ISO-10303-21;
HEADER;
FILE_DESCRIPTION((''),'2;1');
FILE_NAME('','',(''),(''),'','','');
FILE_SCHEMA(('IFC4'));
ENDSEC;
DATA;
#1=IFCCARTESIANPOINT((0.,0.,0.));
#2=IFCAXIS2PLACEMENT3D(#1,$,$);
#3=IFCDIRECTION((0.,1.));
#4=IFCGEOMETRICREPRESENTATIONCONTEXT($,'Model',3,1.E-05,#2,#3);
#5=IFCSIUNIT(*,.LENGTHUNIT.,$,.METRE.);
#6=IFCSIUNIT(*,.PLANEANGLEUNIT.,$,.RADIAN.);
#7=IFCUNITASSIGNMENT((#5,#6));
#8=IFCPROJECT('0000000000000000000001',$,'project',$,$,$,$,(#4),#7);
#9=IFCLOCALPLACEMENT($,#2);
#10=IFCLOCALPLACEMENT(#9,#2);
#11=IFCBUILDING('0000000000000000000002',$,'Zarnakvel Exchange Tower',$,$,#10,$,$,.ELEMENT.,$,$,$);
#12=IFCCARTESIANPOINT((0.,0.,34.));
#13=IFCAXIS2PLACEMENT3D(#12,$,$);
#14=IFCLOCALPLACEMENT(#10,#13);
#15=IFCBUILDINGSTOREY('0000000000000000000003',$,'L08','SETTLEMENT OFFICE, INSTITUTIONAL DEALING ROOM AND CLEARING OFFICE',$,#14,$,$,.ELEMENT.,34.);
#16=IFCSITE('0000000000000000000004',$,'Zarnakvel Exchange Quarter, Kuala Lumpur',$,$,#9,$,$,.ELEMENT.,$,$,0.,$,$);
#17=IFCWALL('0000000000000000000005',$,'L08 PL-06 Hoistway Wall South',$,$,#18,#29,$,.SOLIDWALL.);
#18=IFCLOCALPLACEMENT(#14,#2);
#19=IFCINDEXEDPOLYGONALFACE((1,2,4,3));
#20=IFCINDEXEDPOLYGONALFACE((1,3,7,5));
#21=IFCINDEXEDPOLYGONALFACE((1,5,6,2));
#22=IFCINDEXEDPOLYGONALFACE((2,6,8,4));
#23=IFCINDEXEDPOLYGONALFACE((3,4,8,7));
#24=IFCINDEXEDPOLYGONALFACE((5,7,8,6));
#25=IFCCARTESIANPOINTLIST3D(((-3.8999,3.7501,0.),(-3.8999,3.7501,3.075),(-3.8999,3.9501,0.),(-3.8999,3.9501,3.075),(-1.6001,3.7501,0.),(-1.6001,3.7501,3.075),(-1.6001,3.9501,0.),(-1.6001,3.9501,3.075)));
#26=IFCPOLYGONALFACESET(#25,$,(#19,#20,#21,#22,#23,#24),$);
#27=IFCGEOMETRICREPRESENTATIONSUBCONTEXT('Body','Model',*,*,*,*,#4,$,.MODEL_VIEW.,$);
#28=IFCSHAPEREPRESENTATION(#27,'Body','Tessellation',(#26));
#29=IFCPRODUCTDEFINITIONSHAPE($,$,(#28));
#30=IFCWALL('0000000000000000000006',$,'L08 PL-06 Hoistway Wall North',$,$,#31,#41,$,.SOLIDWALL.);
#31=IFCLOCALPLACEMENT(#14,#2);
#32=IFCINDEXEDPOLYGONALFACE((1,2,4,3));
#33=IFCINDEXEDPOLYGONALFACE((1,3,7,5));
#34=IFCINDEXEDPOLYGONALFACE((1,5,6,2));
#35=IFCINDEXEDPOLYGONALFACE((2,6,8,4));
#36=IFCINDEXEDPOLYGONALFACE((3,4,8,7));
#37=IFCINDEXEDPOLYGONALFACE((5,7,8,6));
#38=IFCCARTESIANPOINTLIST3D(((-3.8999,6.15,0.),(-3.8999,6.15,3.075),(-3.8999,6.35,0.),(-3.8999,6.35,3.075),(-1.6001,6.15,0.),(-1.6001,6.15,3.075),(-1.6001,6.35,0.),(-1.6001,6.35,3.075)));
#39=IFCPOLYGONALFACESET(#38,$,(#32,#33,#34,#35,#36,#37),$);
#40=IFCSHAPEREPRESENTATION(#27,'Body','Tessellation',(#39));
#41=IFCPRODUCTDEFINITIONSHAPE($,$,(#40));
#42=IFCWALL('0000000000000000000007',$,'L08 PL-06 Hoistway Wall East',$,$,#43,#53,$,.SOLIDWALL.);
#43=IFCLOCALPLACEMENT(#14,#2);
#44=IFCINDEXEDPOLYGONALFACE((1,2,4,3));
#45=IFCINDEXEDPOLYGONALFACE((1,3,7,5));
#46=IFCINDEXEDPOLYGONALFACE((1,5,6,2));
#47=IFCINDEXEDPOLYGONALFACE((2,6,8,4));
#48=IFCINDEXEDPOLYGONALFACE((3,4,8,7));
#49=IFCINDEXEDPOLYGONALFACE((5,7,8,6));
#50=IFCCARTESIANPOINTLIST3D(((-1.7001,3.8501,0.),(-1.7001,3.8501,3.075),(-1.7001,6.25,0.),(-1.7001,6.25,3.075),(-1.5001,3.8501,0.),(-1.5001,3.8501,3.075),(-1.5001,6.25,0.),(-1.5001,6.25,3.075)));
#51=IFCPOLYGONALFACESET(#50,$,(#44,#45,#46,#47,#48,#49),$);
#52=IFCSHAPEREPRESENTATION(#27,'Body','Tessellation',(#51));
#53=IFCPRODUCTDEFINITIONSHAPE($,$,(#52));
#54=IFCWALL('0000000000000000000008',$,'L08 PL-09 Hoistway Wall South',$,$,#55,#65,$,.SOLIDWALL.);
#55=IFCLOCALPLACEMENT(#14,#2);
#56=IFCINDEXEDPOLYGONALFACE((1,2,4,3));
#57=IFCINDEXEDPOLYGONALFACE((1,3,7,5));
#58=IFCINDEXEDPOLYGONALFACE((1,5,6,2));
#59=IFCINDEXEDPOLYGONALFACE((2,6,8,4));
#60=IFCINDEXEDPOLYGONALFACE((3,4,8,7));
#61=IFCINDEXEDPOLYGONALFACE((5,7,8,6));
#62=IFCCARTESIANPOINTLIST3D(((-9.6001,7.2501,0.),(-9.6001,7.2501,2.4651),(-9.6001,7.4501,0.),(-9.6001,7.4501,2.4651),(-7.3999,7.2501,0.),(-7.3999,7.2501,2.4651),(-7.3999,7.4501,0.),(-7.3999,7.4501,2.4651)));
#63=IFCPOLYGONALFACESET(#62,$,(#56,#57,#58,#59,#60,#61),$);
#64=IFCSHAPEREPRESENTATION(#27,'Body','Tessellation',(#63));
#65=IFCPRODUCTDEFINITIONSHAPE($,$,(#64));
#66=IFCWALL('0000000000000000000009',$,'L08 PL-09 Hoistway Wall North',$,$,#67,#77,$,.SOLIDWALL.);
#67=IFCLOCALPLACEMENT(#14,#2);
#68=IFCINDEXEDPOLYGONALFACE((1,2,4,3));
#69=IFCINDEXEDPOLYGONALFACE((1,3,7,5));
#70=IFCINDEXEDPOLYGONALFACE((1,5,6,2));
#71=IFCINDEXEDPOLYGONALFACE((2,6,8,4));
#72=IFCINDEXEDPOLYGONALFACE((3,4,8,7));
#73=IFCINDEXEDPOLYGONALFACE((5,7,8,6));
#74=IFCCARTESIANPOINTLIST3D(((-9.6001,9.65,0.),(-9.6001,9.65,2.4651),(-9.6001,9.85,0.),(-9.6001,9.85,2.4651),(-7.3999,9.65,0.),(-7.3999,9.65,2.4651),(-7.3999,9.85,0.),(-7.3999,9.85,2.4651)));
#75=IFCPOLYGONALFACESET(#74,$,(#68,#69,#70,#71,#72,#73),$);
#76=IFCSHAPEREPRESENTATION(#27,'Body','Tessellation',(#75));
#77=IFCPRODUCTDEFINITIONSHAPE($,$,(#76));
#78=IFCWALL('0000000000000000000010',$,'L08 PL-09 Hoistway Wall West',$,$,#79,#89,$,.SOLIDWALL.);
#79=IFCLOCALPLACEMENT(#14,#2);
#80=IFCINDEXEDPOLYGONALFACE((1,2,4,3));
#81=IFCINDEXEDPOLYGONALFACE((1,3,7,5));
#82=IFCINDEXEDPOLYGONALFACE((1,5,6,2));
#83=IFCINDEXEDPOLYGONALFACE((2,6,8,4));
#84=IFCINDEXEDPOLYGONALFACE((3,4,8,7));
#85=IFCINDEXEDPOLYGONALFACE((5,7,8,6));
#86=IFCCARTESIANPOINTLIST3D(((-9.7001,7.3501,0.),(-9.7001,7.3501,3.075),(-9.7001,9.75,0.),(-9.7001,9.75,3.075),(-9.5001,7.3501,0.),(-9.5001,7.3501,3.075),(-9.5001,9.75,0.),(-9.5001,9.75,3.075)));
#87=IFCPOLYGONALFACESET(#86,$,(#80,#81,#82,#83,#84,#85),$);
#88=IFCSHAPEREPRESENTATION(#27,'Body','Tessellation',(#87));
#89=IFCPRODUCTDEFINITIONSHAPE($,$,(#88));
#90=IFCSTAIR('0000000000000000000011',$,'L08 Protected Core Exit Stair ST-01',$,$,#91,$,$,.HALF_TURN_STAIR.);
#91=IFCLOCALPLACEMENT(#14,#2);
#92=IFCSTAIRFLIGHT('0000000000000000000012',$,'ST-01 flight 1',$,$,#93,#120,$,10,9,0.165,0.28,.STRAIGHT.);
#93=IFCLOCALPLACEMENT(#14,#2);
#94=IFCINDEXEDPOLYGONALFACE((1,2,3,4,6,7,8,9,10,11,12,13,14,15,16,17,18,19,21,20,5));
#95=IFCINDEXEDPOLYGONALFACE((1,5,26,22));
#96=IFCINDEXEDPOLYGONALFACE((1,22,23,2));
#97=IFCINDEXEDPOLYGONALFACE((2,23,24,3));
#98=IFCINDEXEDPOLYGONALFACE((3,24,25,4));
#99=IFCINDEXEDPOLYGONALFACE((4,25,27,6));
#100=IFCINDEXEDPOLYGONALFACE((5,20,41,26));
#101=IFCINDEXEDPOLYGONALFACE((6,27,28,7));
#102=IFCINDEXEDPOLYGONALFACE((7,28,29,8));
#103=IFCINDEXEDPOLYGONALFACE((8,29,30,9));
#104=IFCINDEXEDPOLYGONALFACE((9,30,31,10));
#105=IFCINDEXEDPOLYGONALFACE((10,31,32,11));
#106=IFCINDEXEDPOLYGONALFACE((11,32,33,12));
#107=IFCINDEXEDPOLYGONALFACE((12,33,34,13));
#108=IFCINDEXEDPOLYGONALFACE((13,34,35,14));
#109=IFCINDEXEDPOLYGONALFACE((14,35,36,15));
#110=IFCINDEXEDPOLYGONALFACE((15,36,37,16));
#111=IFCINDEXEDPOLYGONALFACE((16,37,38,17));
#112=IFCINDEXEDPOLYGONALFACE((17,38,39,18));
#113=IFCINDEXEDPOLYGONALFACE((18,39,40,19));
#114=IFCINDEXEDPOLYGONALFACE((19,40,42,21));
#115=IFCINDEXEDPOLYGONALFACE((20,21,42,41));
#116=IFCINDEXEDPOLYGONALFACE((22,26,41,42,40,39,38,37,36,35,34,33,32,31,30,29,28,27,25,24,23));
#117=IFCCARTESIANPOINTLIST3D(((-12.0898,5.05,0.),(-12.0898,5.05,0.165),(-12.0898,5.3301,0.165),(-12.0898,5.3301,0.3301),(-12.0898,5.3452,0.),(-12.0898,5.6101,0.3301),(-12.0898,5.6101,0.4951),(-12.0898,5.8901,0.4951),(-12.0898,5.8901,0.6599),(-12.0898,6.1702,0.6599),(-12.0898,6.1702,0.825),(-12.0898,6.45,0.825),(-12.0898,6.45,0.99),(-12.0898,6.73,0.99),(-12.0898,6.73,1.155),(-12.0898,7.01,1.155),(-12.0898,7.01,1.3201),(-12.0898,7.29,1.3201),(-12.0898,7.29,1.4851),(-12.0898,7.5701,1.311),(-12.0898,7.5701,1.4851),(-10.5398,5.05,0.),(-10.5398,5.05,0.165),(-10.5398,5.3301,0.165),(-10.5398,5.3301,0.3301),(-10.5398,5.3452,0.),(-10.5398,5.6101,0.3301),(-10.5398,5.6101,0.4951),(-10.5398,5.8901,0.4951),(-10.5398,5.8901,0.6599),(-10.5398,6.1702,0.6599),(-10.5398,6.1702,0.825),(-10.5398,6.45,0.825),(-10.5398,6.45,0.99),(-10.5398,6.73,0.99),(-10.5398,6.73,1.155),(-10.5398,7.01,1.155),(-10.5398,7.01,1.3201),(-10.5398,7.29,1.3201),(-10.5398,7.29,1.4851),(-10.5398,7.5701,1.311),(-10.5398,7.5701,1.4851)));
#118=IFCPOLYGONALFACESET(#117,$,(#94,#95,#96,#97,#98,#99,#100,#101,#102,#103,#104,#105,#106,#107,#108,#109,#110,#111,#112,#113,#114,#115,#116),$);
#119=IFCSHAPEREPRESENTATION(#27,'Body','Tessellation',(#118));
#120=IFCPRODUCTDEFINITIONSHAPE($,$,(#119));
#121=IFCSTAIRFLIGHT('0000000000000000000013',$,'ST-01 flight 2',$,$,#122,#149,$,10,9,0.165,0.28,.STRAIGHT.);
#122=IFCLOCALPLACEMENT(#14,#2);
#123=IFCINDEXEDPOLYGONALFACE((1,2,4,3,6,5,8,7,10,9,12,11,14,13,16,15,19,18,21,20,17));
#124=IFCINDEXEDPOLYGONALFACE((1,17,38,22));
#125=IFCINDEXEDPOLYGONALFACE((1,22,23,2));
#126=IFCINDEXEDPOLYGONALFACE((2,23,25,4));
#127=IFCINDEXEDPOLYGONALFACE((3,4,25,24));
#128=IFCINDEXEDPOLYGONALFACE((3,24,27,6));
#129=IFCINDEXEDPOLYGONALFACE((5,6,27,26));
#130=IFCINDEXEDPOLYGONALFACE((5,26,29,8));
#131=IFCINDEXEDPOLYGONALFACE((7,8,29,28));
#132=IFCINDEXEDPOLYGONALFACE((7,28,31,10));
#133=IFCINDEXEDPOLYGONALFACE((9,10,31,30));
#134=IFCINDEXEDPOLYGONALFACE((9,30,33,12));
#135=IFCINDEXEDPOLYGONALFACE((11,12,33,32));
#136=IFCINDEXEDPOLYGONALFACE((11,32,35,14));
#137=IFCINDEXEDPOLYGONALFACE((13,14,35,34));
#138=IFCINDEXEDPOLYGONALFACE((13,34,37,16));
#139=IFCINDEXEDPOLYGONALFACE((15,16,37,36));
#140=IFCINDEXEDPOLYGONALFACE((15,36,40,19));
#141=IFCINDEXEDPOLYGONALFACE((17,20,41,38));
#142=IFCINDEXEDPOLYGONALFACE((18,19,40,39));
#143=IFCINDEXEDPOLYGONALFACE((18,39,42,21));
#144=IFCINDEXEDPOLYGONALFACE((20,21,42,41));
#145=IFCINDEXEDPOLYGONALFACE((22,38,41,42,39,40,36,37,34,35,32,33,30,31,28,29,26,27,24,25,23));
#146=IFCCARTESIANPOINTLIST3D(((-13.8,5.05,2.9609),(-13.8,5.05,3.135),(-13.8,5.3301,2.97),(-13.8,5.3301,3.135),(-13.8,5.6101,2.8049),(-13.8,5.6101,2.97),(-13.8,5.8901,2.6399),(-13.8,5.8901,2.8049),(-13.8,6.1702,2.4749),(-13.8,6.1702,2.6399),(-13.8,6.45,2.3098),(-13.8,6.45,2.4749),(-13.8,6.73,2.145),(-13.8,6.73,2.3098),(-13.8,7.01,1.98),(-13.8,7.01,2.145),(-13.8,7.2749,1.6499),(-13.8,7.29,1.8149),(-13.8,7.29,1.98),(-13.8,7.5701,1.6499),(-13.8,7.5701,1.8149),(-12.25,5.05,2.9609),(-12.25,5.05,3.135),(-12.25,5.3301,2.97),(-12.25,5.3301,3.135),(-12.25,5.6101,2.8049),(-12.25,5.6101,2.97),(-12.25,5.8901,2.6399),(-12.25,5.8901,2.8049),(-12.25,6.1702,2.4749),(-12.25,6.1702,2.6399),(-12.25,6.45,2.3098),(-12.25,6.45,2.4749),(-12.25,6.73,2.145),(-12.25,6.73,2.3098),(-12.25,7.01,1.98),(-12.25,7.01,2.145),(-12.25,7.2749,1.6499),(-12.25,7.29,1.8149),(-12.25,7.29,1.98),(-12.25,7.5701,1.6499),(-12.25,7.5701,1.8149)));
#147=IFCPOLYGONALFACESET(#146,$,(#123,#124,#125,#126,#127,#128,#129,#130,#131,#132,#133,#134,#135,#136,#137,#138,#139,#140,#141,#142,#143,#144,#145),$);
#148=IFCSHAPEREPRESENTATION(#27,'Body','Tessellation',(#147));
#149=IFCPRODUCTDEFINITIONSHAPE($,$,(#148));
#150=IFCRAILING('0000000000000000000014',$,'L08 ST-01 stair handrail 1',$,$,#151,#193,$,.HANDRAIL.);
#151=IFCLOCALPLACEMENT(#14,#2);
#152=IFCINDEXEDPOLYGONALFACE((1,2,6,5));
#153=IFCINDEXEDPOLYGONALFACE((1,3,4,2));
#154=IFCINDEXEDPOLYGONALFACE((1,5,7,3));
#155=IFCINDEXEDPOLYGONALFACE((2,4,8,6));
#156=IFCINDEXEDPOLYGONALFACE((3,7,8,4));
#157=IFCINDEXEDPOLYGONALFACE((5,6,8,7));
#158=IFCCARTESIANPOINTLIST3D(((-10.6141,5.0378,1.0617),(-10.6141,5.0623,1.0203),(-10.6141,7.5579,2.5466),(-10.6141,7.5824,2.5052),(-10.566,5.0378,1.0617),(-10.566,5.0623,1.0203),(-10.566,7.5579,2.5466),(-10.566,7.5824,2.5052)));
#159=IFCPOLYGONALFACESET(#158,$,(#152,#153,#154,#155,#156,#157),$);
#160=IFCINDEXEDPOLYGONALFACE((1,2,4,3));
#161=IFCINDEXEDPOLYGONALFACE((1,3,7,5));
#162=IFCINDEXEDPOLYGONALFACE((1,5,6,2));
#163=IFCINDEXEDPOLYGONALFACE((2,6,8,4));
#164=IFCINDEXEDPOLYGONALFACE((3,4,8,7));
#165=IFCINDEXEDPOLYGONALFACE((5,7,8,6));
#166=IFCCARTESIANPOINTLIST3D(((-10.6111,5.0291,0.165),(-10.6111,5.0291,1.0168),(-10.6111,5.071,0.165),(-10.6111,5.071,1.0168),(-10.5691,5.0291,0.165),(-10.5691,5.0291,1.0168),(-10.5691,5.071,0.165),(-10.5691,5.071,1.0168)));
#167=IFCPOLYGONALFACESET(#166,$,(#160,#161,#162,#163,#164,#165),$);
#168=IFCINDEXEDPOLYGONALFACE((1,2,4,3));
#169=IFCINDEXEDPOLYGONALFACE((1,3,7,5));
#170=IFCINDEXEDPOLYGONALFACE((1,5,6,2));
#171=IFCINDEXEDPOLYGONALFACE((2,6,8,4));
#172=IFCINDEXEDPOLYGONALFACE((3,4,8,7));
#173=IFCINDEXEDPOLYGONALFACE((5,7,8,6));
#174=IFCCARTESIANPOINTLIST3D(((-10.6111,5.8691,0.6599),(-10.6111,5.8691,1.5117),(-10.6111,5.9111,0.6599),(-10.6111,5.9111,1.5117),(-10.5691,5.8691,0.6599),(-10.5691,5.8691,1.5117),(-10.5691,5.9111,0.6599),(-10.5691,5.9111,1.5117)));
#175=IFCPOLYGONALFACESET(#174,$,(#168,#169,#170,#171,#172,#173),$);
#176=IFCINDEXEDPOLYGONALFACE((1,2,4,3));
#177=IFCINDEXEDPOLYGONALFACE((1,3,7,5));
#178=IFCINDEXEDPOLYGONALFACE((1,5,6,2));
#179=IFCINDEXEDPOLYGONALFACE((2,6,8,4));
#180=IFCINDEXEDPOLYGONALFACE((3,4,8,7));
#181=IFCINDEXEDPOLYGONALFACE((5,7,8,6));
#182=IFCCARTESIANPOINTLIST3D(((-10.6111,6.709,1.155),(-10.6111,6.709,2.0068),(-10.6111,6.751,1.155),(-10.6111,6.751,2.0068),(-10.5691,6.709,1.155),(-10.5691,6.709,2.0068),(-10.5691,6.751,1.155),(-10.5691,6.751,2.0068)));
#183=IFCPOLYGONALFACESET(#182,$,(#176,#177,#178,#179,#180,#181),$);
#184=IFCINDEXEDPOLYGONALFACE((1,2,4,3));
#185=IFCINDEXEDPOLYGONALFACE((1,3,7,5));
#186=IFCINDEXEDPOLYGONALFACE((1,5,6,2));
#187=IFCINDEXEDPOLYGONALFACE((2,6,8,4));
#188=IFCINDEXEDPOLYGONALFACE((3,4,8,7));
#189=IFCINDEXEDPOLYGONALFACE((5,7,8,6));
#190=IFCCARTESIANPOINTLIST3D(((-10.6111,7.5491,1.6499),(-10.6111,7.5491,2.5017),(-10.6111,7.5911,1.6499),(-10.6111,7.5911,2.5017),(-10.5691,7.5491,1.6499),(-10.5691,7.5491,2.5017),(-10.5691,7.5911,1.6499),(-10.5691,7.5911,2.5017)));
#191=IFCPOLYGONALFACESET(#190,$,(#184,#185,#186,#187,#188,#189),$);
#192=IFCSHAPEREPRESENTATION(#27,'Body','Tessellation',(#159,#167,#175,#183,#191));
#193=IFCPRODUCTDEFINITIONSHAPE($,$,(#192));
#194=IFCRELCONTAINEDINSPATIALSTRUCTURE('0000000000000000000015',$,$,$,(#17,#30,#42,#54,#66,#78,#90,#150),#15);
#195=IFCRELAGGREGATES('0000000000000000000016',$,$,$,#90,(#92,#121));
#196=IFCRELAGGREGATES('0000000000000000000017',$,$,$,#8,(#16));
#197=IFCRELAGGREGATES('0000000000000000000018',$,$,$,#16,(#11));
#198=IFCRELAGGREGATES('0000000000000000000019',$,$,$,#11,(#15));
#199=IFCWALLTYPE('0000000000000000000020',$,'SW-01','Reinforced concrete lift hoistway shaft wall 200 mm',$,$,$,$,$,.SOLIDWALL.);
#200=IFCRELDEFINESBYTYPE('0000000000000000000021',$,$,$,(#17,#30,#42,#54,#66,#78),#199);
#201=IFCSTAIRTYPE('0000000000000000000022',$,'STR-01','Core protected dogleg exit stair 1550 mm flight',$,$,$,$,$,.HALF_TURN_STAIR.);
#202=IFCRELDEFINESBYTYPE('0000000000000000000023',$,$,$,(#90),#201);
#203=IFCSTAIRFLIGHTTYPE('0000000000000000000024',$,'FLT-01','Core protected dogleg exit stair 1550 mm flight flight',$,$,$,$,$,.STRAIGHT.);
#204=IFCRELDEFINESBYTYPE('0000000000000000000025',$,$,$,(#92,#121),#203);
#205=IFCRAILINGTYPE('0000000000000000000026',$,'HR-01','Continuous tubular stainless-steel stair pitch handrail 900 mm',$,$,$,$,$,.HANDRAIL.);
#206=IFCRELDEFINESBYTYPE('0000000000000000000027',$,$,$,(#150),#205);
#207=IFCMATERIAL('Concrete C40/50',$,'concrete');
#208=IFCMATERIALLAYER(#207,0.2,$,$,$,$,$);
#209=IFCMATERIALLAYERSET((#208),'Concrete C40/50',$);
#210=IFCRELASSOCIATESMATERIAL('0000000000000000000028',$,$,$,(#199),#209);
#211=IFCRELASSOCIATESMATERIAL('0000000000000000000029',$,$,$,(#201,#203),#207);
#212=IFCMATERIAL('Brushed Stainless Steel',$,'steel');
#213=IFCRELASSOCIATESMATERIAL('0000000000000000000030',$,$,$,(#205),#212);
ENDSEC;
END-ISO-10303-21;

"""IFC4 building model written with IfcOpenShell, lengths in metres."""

from ifc_helpers import new_model, si_unit, direction, frame, frame_2d, origin, origin_2d, place, context, subcontext, project, spatial, polyline, rectangle, outline, extrude, material, layer, layer_set, type_object, element, aggregate, save


model = new_model("IFC4")

# Units and contexts
model_context = context("Model", 3, precision=1e-05, world=origin(), true_north=direction((0.0, 1.0)))
body_context = subcontext(model_context, "Body", "Model", "MODEL_VIEW")
ifc_project = project(units=[si_unit("LENGTHUNIT", "METRE"), si_unit("PLANEANGLEUNIT", "RADIAN")], contexts=[model_context])

# Site, building, storey
site_placement = place(None, origin())
site = spatial("IfcSite", under=ifc_project, at=site_placement, Name="Zarnakvel Exchange Quarter, Kuala Lumpur", CompositionType="ELEMENT", RefElevation=0.0)
building_placement = place(site_placement, origin())
building = spatial("IfcBuilding", under=site, at=building_placement, Name="Zarnakvel Exchange Tower", CompositionType="ELEMENT")
storey_placement = place(building_placement, frame((0.0, 0.0, 34.0)))
storey = spatial("IfcBuildingStorey", under=building, at=storey_placement, Name="L08", Description="SETTLEMENT OFFICE, INSTITUTIONAL DEALING ROOM AND CLEARING OFFICE", CompositionType="ELEMENT", Elevation=34.0)

# Shared definitions
ifc_material_1 = material(Name="Concrete C40/50", Category="concrete")
ifc_layer_1 = layer(ifc_material_1, 0.2)
ifc_layer_set_1 = layer_set([ifc_layer_1], Name="Concrete C40/50")
wall_type_1 = type_object("IfcWallType", Name="SW-01", Description="Reinforced concrete lift hoistway shaft wall 200 mm", PredefinedType="SOLIDWALL", material=ifc_layer_set_1)
ifc_material_2 = material(Name="Brushed Stainless Steel", Category="steel")

# Walls
for number, where, z_axis, x_axis, name in (
    (1, (-1.6001, 3.8501, 0.0), (0.0, 0.0, 1.0), (-1.0, 0.0, 0.0), "L08 PL-06 Hoistway Wall South"),
    (2, (-3.8999, 6.25, 0.0), (0.0, 0.0, 1.0), (1.0, 0.0, 0.0), "L08 PL-06 Hoistway Wall North"),
):
    element("IfcWall", number, at=place(storey_placement, frame(where, z_axis=z_axis, x_axis=x_axis)), inside=storey, type_object=wall_type_1, Name=name, PredefinedType="SOLIDWALL", context=body_context, shape_type="SweptSolid", body=[
        extrude(rectangle(XDim=2.2998, YDim=0.2, at=frame_2d((1.1499, 0.0))), origin(), (0.0, 0.0, 1.0), 3.075),
    ])
wall_1_placement = place(storey_placement, frame((-1.6001, 6.25, 0.0), z_axis=(0.0, 0.0, 1.0), x_axis=(0.0, -1.0, 0.0)))
element("IfcWall", 3, at=wall_1_placement, inside=storey, type_object=wall_type_1, Name="L08 PL-06 Hoistway Wall East", PredefinedType="SOLIDWALL", context=body_context, shape_type="SweptSolid", body=[
    extrude(rectangle(XDim=2.3999, YDim=0.2, at=frame_2d((1.2, 0.0))), origin(), (0.0, 0.0, 1.0), 3.075),
])
for number, where, z_axis, x_axis, name in (
    (4, (-7.3999, 7.3501, 0.0), (0.0, 0.0, 1.0), (-1.0, 0.0, 0.0), "L08 PL-09 Hoistway Wall South"),
    (5, (-9.6001, 9.75, 0.0), (0.0, 0.0, 1.0), (1.0, 0.0, 0.0), "L08 PL-09 Hoistway Wall North"),
):
    element("IfcWall", number, at=place(storey_placement, frame(where, z_axis=z_axis, x_axis=x_axis)), inside=storey, type_object=wall_type_1, Name=name, PredefinedType="SOLIDWALL", context=body_context, shape_type="SweptSolid", body=[
        extrude(rectangle(XDim=2.2002, YDim=0.2, at=frame_2d((1.1001, 0.0))), origin(), (0.0, 0.0, 1.0), 2.4651),
    ])
wall_2_placement = place(storey_placement, frame((-9.6001, 7.3501, 0.0), z_axis=(0.0, 0.0, 1.0), x_axis=(0.0, 1.0, 0.0)))
element("IfcWall", 6, at=wall_2_placement, inside=storey, type_object=wall_type_1, Name="L08 PL-09 Hoistway Wall West", PredefinedType="SOLIDWALL", context=body_context, shape_type="SweptSolid", body=[
    extrude(rectangle(XDim=2.3999, YDim=0.2, at=frame_2d((1.2, 0.0))), origin(), (0.0, 0.0, 1.0), 3.075),
])

# Stair, stair flights
stair_type = type_object("IfcStairType", Name="STR-01", Description="Core protected dogleg exit stair 1550 mm flight", PredefinedType="HALF_TURN_STAIR", material=ifc_material_1)
stair_placement = place(storey_placement, origin())
stair = element("IfcStair", 7, at=stair_placement, inside=storey, type_object=stair_type, Name="L08 Protected Core Exit Stair ST-01", PredefinedType="HALF_TURN_STAIR")
stair_flight_type = type_object("IfcStairFlightType", Name="FLT-01", Description="Core protected dogleg exit stair 1550 mm flight flight", PredefinedType="STRAIGHT", material=ifc_material_1)
stair_flight_1_placement = place(storey_placement, frame((-11.3149, 5.05, 0.0), z_axis=(0.0, 0.0, 1.0), x_axis=(0.0, 1.0, 0.0)))
stair_flight_1 = element("IfcStairFlight", 8, at=stair_flight_1_placement, type_object=stair_flight_type, Name="ST-01 flight 1", NumberOfRisers=10, NumberOfTreads=9, PredefinedType="STRAIGHT", RiserHeight=0.165, TreadLength=0.28, context=body_context, shape_type="SweptSolid", body=[
    extrude(outline(polyline([(0.0, 0.0), (0.0, 0.165), (0.28, 0.165), (0.28, 0.3301), (0.5601, 0.3301), (0.5601, 0.4951), (0.8401, 0.4951), (0.8401, 0.6599), (1.1201, 0.6599), (1.1201, 0.825), (1.3999, 0.825), (1.3999, 0.99), (1.6799, 0.99), (1.6799, 1.155), (1.96, 1.155), (1.96, 1.3201), (2.24, 1.3201), (2.24, 1.4851), (2.52, 1.4851), (2.52, 1.6499), (2.52, 1.311), (0.2952, 0.0), (0.0, 0.0)])), frame((0.0, 0.7749, 0.0), z_axis=(0.0, -1.0, 0.0), x_axis=(1.0, 0.0, 0.0)), (0.0, 0.0, 1.0), 1.55),
])
stair_flight_2_placement = place(storey_placement, frame((-13.0249, 7.5701, 1.6499), z_axis=(0.0, 0.0, 1.0), x_axis=(0.0, -1.0, 0.0)))
stair_flight_2 = element("IfcStairFlight", 9, at=stair_flight_2_placement, type_object=stair_flight_type, Name="ST-01 flight 2", NumberOfRisers=10, NumberOfTreads=9, PredefinedType="STRAIGHT", RiserHeight=0.165, TreadLength=0.28, context=body_context, shape_type="SweptSolid", body=[
    extrude(outline(polyline([(0.0, 0.0), (0.0, 0.165), (0.28, 0.165), (0.28, 0.3301), (0.5601, 0.3301), (0.5601, 0.4951), (0.8401, 0.4951), (0.8401, 0.6599), (1.1201, 0.6599), (1.1201, 0.825), (1.3999, 0.825), (1.3999, 0.99), (1.6799, 0.99), (1.6799, 1.155), (1.96, 1.155), (1.96, 1.3201), (2.24, 1.3201), (2.24, 1.4851), (2.52, 1.4851), (2.52, 1.6499), (2.52, 1.311), (0.2952, 0.0), (0.0, 0.0)])), frame((0.0, 0.7749, 0.0), z_axis=(0.0, -1.0, 0.0), x_axis=(1.0, 0.0, 0.0)), (0.0, 0.0, 1.0), 1.55),
])
aggregate(stair, [stair_flight_1, stair_flight_2])

# Railing
railing_type_1 = type_object("IfcRailingType", Name="HR-01", Description="Continuous tubular stainless-steel stair pitch handrail 900 mm", PredefinedType="HANDRAIL", material=ifc_material_2)
railing_1_placement = place(storey_placement, frame((-10.5901, 5.05, 0.165)))
element("IfcRailing", 10, at=railing_1_placement, inside=storey, type_object=railing_type_1, Name="L08 ST-01 stair handrail 1", PredefinedType="HANDRAIL", context=body_context, shape_type="SweptSolid", body=[
    extrude(rectangle(XDim=0.0481, YDim=0.0481, at=origin_2d()), frame((0.0, 0.0, 0.876), z_axis=(0.0, 0.861561, 0.507655), x_axis=(-1.0, 0.0, 0.0)), (0.0, 0.0, 1.0), 2.925),
    extrude(rectangle(XDim=0.042, YDim=0.042, at=origin_2d()), origin(), (0.0, 0.0, 1.0), 0.8518),
    extrude(rectangle(XDim=0.042, YDim=0.042, at=origin_2d()), frame((0.0, 0.8401, 0.4949)), (0.0, 0.0, 1.0), 0.8518),
    extrude(rectangle(XDim=0.042, YDim=0.042, at=origin_2d()), frame((0.0, 1.6799, 0.99)), (0.0, 0.0, 1.0), 0.8518),
    extrude(rectangle(XDim=0.042, YDim=0.042, at=origin_2d()), frame((0.0, 2.52, 1.4849)), (0.0, 0.0, 1.0), 0.8518),
])

save(model, "model.ifc")
